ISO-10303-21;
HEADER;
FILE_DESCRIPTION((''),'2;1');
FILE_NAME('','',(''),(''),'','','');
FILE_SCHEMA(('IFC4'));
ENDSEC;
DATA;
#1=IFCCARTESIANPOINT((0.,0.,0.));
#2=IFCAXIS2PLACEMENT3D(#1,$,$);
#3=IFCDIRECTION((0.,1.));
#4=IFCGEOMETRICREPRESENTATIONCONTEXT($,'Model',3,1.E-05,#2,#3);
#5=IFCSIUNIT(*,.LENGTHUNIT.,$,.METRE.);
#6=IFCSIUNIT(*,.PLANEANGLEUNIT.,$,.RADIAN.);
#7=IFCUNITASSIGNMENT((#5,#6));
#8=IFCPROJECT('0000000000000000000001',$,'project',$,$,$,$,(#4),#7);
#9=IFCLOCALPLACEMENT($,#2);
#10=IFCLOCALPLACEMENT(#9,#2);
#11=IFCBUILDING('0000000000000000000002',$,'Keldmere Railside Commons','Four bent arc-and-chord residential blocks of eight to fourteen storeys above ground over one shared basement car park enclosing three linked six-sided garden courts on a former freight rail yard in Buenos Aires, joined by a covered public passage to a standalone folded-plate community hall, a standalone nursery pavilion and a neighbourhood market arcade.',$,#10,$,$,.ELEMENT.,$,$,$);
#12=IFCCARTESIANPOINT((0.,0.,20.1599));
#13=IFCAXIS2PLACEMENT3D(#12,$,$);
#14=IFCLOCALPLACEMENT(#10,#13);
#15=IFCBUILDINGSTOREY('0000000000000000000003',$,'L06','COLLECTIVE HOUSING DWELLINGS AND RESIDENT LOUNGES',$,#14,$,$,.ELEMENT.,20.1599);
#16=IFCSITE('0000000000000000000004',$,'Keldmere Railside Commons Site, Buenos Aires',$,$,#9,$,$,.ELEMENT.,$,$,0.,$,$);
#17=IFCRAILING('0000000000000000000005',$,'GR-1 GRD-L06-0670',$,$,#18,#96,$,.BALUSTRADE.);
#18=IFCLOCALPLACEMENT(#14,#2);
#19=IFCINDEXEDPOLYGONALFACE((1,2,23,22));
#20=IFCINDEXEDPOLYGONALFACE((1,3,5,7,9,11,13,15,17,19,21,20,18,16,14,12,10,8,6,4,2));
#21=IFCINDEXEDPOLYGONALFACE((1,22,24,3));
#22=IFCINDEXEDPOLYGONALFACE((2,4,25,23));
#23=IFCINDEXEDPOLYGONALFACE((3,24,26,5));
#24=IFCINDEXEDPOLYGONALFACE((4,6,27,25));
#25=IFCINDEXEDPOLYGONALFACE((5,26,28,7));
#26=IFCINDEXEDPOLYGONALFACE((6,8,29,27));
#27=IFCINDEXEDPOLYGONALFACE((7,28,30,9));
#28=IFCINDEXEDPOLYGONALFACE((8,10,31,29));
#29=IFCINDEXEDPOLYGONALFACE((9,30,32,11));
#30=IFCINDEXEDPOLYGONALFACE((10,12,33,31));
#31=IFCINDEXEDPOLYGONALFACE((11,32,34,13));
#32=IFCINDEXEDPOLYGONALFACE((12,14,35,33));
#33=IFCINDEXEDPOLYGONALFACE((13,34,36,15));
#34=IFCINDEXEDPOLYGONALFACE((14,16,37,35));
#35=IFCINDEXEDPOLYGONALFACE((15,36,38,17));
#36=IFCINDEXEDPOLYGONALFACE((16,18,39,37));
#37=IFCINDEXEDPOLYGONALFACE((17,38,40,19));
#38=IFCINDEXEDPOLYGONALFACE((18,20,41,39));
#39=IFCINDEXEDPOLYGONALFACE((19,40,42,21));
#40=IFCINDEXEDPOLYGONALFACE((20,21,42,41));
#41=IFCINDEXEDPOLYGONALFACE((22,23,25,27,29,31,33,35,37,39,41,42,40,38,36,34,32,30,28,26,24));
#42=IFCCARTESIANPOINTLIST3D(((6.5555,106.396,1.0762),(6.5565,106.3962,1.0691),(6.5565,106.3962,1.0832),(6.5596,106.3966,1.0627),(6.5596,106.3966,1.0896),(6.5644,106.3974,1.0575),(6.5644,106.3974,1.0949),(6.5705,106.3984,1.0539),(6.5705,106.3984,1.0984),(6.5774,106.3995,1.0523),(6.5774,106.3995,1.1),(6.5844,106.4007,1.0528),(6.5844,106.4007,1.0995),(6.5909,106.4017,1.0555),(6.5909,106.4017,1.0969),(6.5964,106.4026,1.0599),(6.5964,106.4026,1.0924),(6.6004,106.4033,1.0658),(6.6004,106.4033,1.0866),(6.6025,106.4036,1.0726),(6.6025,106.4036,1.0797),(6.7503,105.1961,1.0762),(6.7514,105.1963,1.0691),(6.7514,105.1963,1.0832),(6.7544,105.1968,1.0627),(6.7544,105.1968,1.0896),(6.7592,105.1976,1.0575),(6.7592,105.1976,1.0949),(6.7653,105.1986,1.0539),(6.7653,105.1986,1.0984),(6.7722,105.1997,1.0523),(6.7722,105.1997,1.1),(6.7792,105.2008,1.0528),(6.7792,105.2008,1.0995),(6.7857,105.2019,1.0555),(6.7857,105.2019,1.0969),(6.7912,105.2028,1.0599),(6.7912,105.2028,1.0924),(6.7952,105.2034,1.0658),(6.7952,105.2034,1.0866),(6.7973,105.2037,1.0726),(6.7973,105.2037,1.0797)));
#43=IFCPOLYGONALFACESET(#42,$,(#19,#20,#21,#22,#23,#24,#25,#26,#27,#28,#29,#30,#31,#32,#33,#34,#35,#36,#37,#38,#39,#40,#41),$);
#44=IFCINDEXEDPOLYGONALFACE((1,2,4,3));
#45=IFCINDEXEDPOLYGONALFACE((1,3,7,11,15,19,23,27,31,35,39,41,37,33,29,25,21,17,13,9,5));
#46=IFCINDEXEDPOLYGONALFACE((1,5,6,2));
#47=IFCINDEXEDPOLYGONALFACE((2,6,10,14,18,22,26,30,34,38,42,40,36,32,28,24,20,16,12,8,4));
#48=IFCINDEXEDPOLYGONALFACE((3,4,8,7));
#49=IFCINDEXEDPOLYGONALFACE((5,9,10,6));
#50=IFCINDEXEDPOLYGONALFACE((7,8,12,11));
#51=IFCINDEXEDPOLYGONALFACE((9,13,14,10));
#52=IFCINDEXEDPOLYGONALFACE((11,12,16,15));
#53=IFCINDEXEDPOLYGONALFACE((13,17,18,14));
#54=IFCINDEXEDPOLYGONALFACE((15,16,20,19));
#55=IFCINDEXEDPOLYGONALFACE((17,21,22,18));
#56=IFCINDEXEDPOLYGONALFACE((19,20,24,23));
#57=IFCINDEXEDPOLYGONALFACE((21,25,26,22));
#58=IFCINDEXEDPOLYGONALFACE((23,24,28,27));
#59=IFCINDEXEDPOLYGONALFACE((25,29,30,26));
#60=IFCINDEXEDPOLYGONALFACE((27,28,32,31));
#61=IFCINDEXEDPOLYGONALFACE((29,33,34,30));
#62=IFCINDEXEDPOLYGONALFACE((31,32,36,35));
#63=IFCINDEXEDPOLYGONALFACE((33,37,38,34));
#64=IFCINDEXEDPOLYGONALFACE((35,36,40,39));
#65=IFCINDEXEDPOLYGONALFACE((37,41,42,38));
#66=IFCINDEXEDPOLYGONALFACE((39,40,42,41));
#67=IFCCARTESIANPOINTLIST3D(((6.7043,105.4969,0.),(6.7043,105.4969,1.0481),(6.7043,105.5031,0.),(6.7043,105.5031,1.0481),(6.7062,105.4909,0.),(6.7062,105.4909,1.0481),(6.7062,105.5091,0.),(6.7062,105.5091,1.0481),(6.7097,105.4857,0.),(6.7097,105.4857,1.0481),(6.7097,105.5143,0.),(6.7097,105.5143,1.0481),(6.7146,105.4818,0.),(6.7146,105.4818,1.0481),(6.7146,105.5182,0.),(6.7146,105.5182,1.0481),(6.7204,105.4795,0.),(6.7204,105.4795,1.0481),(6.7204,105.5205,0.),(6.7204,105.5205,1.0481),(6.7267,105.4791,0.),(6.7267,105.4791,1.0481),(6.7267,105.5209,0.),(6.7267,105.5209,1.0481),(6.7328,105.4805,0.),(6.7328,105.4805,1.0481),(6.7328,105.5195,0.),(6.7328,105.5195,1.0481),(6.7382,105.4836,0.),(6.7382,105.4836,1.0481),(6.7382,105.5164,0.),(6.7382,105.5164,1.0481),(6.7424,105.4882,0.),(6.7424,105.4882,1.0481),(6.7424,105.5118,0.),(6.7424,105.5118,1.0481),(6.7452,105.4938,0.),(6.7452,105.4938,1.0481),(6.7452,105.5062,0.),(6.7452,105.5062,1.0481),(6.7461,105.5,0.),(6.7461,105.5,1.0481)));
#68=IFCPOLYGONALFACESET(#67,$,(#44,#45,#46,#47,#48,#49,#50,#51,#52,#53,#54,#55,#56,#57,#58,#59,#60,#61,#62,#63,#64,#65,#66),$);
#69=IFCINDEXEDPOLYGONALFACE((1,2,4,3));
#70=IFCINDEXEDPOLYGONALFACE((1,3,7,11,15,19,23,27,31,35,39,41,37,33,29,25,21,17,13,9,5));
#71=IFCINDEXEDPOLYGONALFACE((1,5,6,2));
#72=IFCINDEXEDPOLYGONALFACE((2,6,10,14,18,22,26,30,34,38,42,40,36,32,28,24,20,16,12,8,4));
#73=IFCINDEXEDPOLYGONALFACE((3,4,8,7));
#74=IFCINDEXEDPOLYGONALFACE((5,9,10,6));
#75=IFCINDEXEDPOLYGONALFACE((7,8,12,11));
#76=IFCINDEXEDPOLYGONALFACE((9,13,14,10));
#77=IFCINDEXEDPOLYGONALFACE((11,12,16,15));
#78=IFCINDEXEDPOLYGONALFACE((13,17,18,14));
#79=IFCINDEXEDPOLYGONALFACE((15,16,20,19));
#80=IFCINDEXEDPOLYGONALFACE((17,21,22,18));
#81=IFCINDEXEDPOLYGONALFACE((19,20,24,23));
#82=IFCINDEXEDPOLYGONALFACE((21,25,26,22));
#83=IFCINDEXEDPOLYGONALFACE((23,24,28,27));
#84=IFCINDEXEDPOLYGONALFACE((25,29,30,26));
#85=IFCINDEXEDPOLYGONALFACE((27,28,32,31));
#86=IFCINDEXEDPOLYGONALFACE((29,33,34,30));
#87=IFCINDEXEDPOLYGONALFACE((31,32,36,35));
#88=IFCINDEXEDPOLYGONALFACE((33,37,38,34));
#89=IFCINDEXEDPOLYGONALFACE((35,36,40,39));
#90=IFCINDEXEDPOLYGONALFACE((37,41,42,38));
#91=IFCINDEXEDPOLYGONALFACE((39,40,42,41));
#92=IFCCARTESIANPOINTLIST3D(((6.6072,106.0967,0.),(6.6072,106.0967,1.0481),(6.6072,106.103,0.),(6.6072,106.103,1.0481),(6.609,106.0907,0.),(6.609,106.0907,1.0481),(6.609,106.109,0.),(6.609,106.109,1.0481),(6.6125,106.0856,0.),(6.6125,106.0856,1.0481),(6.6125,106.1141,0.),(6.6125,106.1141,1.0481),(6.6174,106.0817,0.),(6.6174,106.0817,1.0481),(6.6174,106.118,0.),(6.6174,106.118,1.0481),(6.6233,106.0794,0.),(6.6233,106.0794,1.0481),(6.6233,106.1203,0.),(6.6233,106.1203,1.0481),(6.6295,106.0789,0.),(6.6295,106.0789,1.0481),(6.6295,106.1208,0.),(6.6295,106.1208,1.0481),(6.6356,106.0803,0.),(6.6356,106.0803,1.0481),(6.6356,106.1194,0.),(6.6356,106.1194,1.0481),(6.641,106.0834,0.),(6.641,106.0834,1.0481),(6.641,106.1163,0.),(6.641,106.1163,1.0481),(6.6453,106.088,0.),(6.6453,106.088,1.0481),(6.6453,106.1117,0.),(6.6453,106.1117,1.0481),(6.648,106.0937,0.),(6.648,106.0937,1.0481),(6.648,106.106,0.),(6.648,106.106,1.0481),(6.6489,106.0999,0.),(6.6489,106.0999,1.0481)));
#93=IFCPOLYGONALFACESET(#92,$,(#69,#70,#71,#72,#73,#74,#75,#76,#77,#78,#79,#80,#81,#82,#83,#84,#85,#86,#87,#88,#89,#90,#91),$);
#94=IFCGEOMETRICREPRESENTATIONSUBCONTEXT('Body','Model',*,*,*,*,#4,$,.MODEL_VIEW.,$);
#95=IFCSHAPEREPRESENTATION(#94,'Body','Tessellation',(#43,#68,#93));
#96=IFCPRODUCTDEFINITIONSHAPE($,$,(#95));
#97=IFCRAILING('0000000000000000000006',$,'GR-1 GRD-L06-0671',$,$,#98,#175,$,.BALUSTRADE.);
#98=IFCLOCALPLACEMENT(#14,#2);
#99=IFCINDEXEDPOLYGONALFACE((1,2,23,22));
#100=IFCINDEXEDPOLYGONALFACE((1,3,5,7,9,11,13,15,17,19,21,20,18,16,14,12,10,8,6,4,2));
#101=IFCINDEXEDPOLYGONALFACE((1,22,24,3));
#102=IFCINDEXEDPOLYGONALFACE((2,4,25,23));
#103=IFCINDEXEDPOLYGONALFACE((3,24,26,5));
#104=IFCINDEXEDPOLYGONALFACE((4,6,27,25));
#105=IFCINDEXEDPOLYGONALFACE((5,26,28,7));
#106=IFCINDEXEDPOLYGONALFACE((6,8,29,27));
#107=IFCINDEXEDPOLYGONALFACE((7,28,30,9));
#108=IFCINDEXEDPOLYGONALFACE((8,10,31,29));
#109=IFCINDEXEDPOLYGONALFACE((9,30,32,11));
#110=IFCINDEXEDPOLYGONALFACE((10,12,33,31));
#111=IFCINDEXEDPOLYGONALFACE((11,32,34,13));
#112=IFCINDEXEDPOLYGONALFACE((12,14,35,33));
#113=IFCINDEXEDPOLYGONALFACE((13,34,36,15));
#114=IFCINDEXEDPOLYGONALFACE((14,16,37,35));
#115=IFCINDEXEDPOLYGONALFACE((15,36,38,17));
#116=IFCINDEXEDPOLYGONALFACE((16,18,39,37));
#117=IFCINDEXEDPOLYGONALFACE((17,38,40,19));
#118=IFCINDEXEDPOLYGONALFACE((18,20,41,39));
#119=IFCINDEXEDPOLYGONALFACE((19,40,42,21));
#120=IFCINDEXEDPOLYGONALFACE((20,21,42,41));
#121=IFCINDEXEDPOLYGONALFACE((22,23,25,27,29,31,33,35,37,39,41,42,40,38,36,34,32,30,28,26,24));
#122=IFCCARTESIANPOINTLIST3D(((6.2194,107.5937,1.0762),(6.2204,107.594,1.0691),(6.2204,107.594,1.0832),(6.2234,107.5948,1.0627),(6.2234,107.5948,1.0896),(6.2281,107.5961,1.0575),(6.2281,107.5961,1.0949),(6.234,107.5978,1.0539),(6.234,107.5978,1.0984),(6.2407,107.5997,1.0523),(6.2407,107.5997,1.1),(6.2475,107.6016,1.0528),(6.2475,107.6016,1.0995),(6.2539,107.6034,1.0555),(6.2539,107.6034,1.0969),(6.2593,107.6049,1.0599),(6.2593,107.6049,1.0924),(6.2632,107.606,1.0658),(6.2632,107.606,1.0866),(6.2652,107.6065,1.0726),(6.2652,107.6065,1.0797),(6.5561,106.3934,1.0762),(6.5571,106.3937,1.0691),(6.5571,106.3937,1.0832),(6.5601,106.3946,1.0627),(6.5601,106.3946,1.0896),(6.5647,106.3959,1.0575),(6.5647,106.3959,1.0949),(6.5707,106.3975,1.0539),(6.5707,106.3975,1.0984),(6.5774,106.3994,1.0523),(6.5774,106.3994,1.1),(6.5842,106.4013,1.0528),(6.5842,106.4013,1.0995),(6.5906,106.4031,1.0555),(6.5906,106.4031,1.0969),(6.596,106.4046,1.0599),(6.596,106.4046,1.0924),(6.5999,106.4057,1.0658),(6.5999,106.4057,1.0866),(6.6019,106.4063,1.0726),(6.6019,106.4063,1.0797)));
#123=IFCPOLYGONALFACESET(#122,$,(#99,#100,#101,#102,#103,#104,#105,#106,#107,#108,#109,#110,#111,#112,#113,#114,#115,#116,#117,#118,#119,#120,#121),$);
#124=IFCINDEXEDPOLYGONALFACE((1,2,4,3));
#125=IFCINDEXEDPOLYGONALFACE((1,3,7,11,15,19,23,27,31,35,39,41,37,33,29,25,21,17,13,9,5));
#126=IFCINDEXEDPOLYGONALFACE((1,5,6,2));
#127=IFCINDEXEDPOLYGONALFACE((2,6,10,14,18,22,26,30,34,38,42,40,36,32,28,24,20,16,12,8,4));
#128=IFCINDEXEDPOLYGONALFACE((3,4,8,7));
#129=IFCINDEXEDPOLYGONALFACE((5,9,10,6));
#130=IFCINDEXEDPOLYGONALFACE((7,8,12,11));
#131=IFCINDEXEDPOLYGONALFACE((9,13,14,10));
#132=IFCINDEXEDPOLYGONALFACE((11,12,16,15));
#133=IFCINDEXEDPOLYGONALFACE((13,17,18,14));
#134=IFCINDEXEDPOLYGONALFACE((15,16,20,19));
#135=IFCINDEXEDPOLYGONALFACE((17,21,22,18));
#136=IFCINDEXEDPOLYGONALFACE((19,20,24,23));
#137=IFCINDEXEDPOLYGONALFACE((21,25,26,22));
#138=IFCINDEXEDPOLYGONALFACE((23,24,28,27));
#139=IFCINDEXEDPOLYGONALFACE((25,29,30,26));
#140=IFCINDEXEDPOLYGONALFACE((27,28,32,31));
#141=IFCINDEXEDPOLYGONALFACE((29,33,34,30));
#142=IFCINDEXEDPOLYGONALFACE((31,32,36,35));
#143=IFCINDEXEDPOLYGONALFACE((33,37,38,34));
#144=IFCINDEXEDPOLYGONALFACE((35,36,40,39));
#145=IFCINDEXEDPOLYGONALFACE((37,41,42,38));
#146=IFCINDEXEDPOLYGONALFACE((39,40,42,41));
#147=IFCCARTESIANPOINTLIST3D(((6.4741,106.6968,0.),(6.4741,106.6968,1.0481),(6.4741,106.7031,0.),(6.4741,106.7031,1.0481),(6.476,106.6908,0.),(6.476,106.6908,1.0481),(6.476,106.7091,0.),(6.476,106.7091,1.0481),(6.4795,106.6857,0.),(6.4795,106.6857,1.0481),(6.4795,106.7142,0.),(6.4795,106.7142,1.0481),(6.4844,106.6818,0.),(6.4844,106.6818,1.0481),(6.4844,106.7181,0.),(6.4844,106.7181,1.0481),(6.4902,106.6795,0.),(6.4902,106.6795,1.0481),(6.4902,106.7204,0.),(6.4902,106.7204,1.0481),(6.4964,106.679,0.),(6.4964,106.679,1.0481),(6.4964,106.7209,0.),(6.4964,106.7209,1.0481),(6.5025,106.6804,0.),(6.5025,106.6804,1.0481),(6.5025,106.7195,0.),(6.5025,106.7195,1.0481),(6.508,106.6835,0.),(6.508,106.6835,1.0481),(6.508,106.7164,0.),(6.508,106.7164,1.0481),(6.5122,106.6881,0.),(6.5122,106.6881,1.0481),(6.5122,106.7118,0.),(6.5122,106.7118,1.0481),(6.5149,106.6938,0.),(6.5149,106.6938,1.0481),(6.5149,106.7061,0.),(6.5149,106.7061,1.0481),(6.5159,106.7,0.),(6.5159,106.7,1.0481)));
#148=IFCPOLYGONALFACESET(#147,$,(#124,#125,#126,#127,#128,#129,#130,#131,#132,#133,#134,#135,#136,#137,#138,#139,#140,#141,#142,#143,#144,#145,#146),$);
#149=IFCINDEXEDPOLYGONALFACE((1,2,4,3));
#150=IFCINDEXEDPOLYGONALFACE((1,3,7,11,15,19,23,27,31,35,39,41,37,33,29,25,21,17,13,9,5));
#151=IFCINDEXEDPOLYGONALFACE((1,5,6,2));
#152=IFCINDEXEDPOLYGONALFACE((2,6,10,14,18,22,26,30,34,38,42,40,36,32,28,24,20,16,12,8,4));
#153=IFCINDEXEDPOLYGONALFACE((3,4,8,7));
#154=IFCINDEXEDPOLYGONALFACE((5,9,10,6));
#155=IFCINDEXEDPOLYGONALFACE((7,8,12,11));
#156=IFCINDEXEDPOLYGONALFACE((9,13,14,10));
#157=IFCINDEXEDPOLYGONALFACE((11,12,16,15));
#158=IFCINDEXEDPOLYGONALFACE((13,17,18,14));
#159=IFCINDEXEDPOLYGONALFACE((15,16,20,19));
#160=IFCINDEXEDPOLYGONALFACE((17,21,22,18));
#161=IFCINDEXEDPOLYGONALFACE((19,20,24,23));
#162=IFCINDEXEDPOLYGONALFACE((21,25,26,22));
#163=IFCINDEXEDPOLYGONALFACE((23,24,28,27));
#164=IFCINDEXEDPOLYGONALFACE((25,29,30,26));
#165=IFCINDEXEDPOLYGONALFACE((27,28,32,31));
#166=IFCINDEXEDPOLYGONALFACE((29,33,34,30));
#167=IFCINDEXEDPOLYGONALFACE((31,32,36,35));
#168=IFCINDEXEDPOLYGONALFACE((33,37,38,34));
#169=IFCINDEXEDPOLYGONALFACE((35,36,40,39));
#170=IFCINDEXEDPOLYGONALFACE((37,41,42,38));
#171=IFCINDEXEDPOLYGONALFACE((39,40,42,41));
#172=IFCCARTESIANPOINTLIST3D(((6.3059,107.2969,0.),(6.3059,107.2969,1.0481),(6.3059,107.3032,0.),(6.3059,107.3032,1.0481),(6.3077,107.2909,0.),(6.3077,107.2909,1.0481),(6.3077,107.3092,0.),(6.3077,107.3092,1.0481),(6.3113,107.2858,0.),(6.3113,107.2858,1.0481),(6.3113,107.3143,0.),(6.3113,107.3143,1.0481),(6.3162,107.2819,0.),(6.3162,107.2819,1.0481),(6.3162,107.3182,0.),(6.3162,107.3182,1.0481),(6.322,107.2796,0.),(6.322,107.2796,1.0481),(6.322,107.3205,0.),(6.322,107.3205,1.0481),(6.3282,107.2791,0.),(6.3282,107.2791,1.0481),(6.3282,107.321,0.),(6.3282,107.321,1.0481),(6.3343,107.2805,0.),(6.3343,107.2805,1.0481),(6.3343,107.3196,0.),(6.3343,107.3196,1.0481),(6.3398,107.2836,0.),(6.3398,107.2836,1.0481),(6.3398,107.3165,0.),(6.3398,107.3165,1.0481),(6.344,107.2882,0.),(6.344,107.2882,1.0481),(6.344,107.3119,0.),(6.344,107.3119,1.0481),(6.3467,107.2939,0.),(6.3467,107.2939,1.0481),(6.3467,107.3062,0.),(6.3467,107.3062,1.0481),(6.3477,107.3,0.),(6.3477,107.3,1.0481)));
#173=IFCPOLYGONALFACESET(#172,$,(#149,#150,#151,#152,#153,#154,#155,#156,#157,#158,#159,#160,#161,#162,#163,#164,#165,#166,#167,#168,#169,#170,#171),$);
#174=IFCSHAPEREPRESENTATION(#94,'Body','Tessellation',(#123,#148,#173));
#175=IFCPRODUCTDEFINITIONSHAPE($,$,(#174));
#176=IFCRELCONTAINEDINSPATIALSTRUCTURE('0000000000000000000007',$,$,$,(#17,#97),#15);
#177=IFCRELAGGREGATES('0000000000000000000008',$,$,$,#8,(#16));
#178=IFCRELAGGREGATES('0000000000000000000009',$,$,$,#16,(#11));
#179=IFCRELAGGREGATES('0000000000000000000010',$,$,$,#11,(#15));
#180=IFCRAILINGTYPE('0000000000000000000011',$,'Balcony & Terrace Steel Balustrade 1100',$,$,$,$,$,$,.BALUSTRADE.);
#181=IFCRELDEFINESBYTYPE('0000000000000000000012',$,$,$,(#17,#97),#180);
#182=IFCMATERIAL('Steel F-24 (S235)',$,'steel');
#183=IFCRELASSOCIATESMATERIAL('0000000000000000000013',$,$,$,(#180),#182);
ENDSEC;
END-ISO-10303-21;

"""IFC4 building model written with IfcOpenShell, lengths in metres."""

from ifc_helpers import new_model, si_unit, direction, frame, origin, origin_2d, place, context, subcontext, project, spatial, circle, extrude, material, type_object, element, save


model = new_model("IFC4")

# Units and contexts
model_context = context("Model", 3, precision=1e-05, world=origin(), true_north=direction((0.0, 1.0)))
body_context = subcontext(model_context, "Body", "Model", "MODEL_VIEW")
ifc_project = project(units=[si_unit("LENGTHUNIT", "METRE"), si_unit("PLANEANGLEUNIT", "RADIAN")], contexts=[model_context])

# Site, building, storey
site_placement = place(None, origin())
site = spatial("IfcSite", under=ifc_project, at=site_placement, Name="Keldmere Railside Commons Site, Buenos Aires", CompositionType="ELEMENT", RefElevation=0.0)
building_placement = place(site_placement, origin())
building = spatial("IfcBuilding", under=site, at=building_placement, Name="Keldmere Railside Commons", Description="Four bent arc-and-chord residential blocks of eight to fourteen storeys above ground over one shared basement car park enclosing three linked six-sided garden courts on a former freight rail yard in Buenos Aires, joined by a covered public passage to a standalone folded-plate community hall, a standalone nursery pavilion and a neighbourhood market arcade.", CompositionType="ELEMENT")
storey_placement = place(building_placement, frame((0.0, 0.0, 20.1599)))
storey = spatial("IfcBuildingStorey", under=building, at=storey_placement, Name="L06", Description="COLLECTIVE HOUSING DWELLINGS AND RESIDENT LOUNGES", CompositionType="ELEMENT", Elevation=20.1599)

# Railings
ifc_material_1 = material(Name="Steel F-24 (S235)", Category="steel")
railing_type = type_object("IfcRailingType", Name="Balcony & Terrace Steel Balustrade 1100", PredefinedType="BALUSTRADE", material=ifc_material_1)
railing_1_placement = place(storey_placement, frame((6.7739, 105.2, 0.0)))
element("IfcRailing", 1, at=railing_1_placement, inside=storey, type_object=railing_type, Name="GR-1 GRD-L06-0670", PredefinedType="BALUSTRADE", context=body_context, shape_type="SweptSolid", body=[
    extrude(circle(Radius=0.0239, at=origin_2d()), frame((0.0, 0.0, 1.0762), z_axis=(-0.160262, 0.987075, 0.0), x_axis=(-0.987075, -0.160262, 0.0)), (0.0, 0.0, 1.0), 1.2156),
    extrude(circle(Radius=0.021, at=origin_2d()), frame((-0.0488, 0.3, 0.0)), (0.0, 0.0, 1.0), 1.0481),
    extrude(circle(Radius=0.021, at=origin_2d()), frame((-0.146, 0.8999, 0.0)), (0.0, 0.0, 1.0), 1.0481),
])
railing_2_placement = place(storey_placement, frame((6.5791, 106.3999, 0.0)))
element("IfcRailing", 2, at=railing_2_placement, inside=storey, type_object=railing_type, Name="GR-1 GRD-L06-0671", PredefinedType="BALUSTRADE", context=body_context, shape_type="SweptSolid", body=[
    extrude(circle(Radius=0.0239, at=origin_2d()), frame((0.0, 0.0, 1.0762), z_axis=(-0.270088, 0.962836, 0.0), x_axis=(-0.962836, -0.270088, 0.0)), (0.0, 0.0, 1.0), 1.2466),
    extrude(circle(Radius=0.021, at=origin_2d()), frame((-0.0842, 0.3, 0.0)), (0.0, 0.0, 1.0), 1.0481),
    extrude(circle(Radius=0.021, at=origin_2d()), frame((-0.2524, 0.9001, 0.0)), (0.0, 0.0, 1.0), 1.0481),
])

save(model, "model.ifc")
